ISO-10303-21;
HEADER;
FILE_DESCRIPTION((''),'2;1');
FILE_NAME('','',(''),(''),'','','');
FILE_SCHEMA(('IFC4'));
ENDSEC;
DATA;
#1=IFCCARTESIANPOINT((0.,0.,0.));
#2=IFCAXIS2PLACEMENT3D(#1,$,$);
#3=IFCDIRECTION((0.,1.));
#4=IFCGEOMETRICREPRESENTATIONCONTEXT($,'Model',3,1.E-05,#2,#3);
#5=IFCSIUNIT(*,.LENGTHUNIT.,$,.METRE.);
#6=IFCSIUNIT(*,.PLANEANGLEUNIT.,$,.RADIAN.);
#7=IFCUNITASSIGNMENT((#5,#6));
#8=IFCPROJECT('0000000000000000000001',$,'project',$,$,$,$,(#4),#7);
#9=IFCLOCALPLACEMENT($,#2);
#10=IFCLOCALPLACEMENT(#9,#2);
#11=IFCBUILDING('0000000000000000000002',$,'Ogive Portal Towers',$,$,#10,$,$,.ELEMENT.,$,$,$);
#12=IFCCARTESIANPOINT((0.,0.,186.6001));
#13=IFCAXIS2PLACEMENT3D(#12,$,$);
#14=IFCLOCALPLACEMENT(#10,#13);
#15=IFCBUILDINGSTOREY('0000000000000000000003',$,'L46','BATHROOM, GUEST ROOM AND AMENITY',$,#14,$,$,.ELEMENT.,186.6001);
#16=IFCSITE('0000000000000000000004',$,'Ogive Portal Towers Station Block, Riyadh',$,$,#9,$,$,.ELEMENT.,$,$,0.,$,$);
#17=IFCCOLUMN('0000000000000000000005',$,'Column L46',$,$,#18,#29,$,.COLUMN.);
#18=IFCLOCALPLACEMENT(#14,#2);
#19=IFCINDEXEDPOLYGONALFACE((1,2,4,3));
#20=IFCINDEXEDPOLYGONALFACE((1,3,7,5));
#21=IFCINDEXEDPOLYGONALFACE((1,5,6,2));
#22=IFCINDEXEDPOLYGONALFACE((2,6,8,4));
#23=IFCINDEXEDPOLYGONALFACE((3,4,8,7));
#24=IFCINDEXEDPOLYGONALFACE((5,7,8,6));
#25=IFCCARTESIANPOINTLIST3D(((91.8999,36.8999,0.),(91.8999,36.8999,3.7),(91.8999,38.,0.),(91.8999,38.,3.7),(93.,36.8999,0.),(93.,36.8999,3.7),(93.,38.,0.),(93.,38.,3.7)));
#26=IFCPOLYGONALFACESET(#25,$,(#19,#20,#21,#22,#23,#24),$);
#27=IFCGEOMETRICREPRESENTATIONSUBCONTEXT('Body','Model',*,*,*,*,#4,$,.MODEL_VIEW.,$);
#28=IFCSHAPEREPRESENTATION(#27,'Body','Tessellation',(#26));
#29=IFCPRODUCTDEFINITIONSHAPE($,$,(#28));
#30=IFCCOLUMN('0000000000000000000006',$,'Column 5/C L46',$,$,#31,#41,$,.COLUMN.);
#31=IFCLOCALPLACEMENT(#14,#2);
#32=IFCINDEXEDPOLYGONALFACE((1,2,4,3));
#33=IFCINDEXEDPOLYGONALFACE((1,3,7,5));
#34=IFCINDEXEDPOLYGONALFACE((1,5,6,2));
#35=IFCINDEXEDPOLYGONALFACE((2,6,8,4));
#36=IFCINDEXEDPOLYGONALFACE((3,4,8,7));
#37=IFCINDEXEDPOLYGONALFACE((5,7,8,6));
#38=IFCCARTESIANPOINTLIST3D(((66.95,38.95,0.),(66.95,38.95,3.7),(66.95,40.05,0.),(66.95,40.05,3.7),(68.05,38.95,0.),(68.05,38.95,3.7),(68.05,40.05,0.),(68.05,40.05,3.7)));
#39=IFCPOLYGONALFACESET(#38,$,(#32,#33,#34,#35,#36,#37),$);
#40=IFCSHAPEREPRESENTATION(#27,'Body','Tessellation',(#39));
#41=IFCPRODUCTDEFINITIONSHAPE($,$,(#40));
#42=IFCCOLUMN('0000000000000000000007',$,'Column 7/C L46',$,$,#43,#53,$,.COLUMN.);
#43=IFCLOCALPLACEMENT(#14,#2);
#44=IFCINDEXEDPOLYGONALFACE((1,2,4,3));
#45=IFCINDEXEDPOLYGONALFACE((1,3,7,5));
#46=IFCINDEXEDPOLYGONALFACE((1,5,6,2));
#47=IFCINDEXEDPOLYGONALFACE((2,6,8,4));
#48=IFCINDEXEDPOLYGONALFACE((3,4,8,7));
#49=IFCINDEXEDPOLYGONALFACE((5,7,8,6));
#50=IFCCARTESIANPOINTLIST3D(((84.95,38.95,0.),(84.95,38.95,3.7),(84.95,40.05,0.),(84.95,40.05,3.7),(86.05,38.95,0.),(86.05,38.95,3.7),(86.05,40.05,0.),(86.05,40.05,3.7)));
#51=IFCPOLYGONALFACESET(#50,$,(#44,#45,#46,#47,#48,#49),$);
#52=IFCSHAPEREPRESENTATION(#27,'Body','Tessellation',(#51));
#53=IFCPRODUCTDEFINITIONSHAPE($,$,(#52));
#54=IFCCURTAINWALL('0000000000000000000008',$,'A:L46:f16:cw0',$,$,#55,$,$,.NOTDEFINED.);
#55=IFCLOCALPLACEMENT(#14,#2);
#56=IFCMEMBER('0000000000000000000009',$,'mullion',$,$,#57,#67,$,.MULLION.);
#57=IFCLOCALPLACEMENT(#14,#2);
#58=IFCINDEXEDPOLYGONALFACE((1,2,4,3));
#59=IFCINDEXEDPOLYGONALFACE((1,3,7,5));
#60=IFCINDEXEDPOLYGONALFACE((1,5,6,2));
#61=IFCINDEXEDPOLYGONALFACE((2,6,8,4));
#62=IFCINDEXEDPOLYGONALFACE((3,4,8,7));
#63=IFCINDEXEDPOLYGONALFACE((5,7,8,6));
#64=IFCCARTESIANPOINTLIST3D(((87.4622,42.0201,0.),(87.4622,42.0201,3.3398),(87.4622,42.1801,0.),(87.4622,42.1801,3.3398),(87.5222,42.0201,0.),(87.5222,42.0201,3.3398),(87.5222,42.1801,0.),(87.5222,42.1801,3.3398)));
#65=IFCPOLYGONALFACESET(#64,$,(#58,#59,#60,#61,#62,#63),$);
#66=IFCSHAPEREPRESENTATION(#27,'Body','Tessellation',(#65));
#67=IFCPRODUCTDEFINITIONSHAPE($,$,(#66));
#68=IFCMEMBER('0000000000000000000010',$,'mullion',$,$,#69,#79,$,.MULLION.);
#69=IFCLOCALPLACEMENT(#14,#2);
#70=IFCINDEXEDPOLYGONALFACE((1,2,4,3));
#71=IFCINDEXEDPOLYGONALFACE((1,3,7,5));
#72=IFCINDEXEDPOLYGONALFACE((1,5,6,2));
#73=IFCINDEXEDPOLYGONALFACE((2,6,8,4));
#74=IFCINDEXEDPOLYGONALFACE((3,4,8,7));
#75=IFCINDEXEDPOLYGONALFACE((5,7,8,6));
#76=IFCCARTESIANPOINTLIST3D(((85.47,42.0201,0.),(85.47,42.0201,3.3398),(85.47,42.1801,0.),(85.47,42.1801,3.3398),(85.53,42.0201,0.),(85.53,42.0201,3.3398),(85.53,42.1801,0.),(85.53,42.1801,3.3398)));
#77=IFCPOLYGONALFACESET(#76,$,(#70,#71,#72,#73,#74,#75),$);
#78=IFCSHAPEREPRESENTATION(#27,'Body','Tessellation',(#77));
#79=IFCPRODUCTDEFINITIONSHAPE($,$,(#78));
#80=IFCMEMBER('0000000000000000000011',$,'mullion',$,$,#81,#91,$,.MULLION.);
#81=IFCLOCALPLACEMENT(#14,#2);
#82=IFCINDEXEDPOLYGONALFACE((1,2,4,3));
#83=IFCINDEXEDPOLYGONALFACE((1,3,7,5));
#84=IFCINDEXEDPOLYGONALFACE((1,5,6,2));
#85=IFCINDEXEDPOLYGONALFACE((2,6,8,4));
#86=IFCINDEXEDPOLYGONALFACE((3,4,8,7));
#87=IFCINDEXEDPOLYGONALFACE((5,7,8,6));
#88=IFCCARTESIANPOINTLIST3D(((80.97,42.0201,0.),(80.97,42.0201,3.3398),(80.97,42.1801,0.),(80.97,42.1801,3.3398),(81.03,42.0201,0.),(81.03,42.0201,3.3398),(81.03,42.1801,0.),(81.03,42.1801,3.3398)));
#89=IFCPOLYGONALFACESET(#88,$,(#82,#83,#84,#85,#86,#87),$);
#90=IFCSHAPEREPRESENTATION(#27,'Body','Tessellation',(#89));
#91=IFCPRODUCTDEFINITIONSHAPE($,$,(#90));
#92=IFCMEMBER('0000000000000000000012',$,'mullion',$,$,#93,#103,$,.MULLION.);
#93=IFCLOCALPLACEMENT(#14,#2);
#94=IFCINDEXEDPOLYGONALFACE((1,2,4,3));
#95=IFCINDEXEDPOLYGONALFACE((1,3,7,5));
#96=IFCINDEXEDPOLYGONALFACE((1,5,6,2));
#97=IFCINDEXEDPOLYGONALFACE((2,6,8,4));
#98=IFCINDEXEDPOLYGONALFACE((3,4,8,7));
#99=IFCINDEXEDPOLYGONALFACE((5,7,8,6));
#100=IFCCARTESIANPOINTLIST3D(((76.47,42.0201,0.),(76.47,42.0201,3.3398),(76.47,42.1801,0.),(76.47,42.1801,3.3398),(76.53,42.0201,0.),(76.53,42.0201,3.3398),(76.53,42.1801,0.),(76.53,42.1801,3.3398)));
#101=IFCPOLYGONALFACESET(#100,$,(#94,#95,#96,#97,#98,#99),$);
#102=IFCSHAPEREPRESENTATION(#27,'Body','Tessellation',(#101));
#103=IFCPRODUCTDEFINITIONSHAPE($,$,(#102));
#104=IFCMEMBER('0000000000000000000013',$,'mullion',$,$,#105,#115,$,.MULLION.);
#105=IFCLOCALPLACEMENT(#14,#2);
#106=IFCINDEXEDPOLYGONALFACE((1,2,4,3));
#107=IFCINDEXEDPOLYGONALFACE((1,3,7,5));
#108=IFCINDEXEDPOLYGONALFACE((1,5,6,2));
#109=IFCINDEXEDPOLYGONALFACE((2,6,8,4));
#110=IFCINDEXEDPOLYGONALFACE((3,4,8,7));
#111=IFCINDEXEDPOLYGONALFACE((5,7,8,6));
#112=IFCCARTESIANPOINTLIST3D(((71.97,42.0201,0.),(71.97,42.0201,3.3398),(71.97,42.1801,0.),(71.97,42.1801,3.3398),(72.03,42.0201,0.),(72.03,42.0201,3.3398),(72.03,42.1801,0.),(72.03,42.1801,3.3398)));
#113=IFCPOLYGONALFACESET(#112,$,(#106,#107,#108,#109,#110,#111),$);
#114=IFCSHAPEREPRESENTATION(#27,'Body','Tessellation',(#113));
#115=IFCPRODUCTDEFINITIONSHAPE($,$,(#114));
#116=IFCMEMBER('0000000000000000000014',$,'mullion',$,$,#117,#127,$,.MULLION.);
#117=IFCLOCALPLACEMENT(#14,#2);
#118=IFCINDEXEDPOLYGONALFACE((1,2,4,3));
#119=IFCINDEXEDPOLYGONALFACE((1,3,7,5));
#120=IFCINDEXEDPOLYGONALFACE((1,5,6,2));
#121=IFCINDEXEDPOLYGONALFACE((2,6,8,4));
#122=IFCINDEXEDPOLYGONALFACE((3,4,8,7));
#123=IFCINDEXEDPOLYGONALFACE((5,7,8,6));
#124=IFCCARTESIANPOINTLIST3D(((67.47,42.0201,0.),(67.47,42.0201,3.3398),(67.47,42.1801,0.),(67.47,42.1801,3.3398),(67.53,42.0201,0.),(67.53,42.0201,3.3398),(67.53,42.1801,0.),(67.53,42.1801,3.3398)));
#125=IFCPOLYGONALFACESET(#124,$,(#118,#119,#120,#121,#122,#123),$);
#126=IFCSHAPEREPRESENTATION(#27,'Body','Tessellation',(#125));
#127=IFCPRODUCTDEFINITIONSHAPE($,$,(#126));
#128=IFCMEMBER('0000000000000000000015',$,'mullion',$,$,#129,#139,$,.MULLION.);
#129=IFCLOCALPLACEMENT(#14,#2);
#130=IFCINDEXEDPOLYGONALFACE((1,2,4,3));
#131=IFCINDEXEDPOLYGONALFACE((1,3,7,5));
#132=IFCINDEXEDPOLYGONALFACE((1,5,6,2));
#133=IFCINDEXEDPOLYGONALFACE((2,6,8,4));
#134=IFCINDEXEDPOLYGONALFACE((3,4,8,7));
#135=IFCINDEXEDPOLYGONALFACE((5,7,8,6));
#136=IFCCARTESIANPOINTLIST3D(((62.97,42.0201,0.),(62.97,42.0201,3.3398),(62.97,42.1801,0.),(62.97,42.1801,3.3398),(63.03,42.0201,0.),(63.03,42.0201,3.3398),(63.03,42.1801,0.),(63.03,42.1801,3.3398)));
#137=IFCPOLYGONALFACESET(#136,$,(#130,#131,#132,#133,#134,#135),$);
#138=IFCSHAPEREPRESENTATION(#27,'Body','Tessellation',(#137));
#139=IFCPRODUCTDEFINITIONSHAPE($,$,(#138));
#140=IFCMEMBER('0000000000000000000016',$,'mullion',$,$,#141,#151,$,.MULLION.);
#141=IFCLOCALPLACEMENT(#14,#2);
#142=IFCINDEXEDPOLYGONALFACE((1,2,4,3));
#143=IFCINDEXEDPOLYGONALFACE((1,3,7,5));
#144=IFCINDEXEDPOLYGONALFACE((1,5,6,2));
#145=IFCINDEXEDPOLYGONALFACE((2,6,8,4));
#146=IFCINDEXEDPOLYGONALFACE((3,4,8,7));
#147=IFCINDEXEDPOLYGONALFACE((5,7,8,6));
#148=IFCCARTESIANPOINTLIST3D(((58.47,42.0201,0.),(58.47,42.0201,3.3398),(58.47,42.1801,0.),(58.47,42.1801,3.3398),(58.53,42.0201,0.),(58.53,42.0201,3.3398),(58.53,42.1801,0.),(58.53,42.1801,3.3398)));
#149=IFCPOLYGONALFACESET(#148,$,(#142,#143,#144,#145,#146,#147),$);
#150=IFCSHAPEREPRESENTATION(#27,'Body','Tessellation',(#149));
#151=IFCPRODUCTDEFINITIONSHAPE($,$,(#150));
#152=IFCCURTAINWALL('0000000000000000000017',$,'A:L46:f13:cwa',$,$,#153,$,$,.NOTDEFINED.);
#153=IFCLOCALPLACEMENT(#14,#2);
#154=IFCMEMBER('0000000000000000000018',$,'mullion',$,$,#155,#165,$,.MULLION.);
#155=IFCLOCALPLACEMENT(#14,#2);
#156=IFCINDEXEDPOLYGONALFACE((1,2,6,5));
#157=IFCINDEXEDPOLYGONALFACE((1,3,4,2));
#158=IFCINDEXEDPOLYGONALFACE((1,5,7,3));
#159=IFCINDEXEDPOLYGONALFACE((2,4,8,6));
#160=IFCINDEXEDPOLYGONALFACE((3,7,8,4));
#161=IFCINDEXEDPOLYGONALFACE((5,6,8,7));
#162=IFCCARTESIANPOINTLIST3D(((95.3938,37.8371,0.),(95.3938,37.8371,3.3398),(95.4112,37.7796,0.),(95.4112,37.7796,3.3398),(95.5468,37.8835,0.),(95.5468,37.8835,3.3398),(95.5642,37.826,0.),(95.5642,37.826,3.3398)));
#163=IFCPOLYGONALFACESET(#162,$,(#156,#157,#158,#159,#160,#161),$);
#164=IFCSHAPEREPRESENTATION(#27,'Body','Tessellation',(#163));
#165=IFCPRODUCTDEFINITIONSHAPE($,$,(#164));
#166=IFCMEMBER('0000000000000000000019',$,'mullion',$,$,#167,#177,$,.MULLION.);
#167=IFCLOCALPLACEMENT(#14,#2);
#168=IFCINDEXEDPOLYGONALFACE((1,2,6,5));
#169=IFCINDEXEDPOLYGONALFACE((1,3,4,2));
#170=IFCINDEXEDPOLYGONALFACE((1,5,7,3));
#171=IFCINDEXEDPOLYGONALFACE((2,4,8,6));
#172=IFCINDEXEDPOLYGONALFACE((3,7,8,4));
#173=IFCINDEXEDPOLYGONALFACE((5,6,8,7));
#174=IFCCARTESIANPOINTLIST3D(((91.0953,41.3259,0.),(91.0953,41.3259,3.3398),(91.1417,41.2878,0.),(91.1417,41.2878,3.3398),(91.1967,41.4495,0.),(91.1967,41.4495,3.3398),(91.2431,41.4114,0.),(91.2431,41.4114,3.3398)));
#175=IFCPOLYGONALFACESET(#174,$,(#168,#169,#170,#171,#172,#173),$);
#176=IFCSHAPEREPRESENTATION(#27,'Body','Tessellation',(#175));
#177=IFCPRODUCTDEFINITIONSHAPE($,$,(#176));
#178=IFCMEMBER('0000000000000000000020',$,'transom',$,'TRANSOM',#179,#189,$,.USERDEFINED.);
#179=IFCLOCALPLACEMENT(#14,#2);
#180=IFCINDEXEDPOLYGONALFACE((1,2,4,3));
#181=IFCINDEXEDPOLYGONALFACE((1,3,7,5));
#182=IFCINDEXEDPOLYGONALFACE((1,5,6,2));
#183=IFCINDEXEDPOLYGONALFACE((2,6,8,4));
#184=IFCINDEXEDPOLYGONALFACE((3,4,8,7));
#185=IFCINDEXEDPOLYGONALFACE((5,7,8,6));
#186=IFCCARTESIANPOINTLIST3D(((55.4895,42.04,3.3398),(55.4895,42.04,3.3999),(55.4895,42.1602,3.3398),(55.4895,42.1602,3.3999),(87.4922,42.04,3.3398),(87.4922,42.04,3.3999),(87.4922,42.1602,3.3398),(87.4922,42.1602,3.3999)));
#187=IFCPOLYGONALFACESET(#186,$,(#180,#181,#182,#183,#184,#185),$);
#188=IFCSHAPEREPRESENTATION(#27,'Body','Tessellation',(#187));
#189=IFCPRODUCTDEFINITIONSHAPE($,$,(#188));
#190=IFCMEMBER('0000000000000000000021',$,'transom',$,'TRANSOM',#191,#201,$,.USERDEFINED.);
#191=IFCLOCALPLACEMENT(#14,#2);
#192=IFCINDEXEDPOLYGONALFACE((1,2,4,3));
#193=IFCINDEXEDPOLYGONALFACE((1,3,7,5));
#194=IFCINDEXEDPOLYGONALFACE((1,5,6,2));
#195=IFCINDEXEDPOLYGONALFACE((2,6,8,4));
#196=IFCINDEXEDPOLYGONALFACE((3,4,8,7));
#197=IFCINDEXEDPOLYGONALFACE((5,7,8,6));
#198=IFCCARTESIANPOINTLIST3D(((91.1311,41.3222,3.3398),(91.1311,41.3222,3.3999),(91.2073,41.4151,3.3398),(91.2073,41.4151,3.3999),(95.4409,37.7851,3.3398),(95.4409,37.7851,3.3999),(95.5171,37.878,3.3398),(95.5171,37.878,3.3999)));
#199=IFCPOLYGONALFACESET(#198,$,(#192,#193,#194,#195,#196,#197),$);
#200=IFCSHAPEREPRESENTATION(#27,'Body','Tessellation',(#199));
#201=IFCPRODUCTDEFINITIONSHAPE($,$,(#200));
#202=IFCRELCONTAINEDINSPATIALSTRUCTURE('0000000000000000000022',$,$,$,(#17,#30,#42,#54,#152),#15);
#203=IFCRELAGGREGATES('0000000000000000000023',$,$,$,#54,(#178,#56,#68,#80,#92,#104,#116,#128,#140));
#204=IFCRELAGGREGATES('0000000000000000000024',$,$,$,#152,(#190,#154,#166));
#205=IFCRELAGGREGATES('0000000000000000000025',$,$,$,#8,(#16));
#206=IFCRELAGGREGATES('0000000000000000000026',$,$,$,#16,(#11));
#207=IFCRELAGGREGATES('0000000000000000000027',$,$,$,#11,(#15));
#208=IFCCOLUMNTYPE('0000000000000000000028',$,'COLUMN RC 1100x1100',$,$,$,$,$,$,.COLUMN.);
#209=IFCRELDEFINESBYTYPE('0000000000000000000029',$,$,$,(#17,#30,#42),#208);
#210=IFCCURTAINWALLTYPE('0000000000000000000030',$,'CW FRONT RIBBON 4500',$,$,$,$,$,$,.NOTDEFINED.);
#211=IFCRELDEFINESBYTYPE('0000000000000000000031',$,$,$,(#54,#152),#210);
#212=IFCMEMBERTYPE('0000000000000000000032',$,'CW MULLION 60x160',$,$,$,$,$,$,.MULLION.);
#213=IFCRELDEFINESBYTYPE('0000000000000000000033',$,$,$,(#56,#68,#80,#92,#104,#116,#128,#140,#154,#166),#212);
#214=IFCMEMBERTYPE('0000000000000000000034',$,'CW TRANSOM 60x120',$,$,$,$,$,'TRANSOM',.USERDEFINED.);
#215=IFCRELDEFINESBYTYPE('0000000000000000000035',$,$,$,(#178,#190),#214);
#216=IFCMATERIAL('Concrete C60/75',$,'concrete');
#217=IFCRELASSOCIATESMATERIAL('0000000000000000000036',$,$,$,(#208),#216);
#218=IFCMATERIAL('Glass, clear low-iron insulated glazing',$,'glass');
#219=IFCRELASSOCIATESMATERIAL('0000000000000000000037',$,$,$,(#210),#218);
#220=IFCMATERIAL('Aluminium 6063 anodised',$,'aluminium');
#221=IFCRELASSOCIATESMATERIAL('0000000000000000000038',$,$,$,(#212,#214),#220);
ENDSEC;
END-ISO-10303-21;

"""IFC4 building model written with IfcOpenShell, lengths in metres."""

from ifc_helpers import new_model, si_unit, direction, frame, origin, origin_2d, place, context, subcontext, project, spatial, rectangle, extrude, material, material_profile, profile_set, type_object, element, aggregate, save


model = new_model("IFC4")

# Units and contexts
model_context = context("Model", 3, precision=1e-05, world=origin(), true_north=direction((0.0, 1.0)))
body_context = subcontext(model_context, "Body", "Model", "MODEL_VIEW")
ifc_project = project(units=[si_unit("LENGTHUNIT", "METRE"), si_unit("PLANEANGLEUNIT", "RADIAN")], contexts=[model_context])

# Site, building, storey
site_placement = place(None, origin())
site = spatial("IfcSite", under=ifc_project, at=site_placement, Name="Ogive Portal Towers Station Block, Riyadh", CompositionType="ELEMENT", RefElevation=0.0)
building_placement = place(site_placement, origin())
building = spatial("IfcBuilding", under=site, at=building_placement, Name="Ogive Portal Towers", CompositionType="ELEMENT")
storey_placement = place(building_placement, frame((0.0, 0.0, 186.6001)))
storey = spatial("IfcBuildingStorey", under=building, at=storey_placement, Name="L46", Description="BATHROOM, GUEST ROOM AND AMENITY", CompositionType="ELEMENT", Elevation=186.6001)

# Columns
ifc_material_1 = material(Name="Concrete C60/75", Category="concrete")
ifc_material_profile_1 = material_profile(ifc_material_1, rectangle(XDim=1.1001, YDim=1.1001, at=origin_2d()), Name="RC 1100x1100")
ifc_profile_set_1 = profile_set([ifc_material_profile_1], Name="Concrete C60/75")
column_type = type_object("IfcColumnType", Name="COLUMN RC 1100x1100", PredefinedType="COLUMN", material=ifc_profile_set_1)
for number, where, z_axis, x_axis, name in (
    (1, (92.45, 37.45, 0.0), (0.0, 0.0, 1.0), (1.0, 0.0, 0.0), "Column L46"),
    (2, (67.5, 39.5, 0.0), (0.0, 0.0, 1.0), (1.0, 0.0, 0.0), "Column 5/C L46"),
    (3, (85.5, 39.5, 0.0), (0.0, 0.0, 1.0), (1.0, 0.0, 0.0), "Column 7/C L46"),
):
    element("IfcColumn", number, at=place(storey_placement, frame(where, z_axis=z_axis, x_axis=x_axis)), inside=storey, type_object=column_type, Name=name, PredefinedType="COLUMN", context=body_context, shape_type="SweptSolid", body=[
        extrude(rectangle(XDim=1.1001, YDim=1.1001, at=origin_2d()), origin(), (0.0, 0.0, 1.0), 3.7),
    ])

# Curtain walls, members
ifc_material_2 = material(Name="Glass, clear low-iron insulated glazing", Category="glass")
curtain_wall_type = type_object("IfcCurtainWallType", Name="CW FRONT RIBBON 4500", PredefinedType="NOTDEFINED", material=ifc_material_2)
curtain_wall_1_placement = place(storey_placement, origin())
curtain_wall_1 = element("IfcCurtainWall", 4, at=curtain_wall_1_placement, inside=storey, type_object=curtain_wall_type, Name="A:L46:f16:cw0", PredefinedType="NOTDEFINED")
ifc_material_3 = material(Name="Aluminium 6063 anodised", Category="aluminium")
ifc_material_profile_2 = material_profile(ifc_material_3, rectangle(XDim=0.1599, YDim=0.0601, at=origin_2d()), Name="AL 60x160")
ifc_profile_set_2 = profile_set([ifc_material_profile_2], Name="Aluminium 6063 anodised")
member_type_1 = type_object("IfcMemberType", Name="CW MULLION 60x160", PredefinedType="MULLION", material=ifc_profile_set_2)
member_1_placement = place(storey_placement, frame((87.4922, 42.1001, 0.0), z_axis=(0.0, 0.0, 1.0), x_axis=(0.0, -1.0, 0.0)))
member_1 = element("IfcMember", 5, at=member_1_placement, type_object=member_type_1, Name="mullion", PredefinedType="MULLION", context=body_context, shape_type="SweptSolid", body=[
    extrude(rectangle(XDim=0.1599, YDim=0.0601, at=origin_2d()), origin(), (0.0, 0.0, 1.0), 3.3398),
])
member_2_placement = place(storey_placement, frame((85.5, 42.1001, 0.0), z_axis=(0.0, 0.0, 1.0), x_axis=(0.0, -1.0, 0.0)))
member_2 = element("IfcMember", 6, at=member_2_placement, type_object=member_type_1, Name="mullion", PredefinedType="MULLION", context=body_context, shape_type="SweptSolid", body=[
    extrude(rectangle(XDim=0.1599, YDim=0.0601, at=origin_2d()), origin(), (0.0, 0.0, 1.0), 3.3398),
])
member_3_placement = place(storey_placement, frame((81.0, 42.1001, 0.0), z_axis=(0.0, 0.0, 1.0), x_axis=(0.0, -1.0, 0.0)))
member_3 = element("IfcMember", 7, at=member_3_placement, type_object=member_type_1, Name="mullion", PredefinedType="MULLION", context=body_context, shape_type="SweptSolid", body=[
    extrude(rectangle(XDim=0.1599, YDim=0.0601, at=origin_2d()), origin(), (0.0, 0.0, 1.0), 3.3398),
])
member_4_placement = place(storey_placement, frame((76.5, 42.1001, 0.0), z_axis=(0.0, 0.0, 1.0), x_axis=(0.0, -1.0, 0.0)))
member_4 = element("IfcMember", 8, at=member_4_placement, type_object=member_type_1, Name="mullion", PredefinedType="MULLION", context=body_context, shape_type="SweptSolid", body=[
    extrude(rectangle(XDim=0.1599, YDim=0.0601, at=origin_2d()), origin(), (0.0, 0.0, 1.0), 3.3398),
])
member_5_placement = place(storey_placement, frame((72.0, 42.1001, 0.0), z_axis=(0.0, 0.0, 1.0), x_axis=(0.0, -1.0, 0.0)))
member_5 = element("IfcMember", 9, at=member_5_placement, type_object=member_type_1, Name="mullion", PredefinedType="MULLION", context=body_context, shape_type="SweptSolid", body=[
    extrude(rectangle(XDim=0.1599, YDim=0.0601, at=origin_2d()), origin(), (0.0, 0.0, 1.0), 3.3398),
])
member_6_placement = place(storey_placement, frame((67.5, 42.1001, 0.0), z_axis=(0.0, 0.0, 1.0), x_axis=(0.0, -1.0, 0.0)))
member_6 = element("IfcMember", 10, at=member_6_placement, type_object=member_type_1, Name="mullion", PredefinedType="MULLION", context=body_context, shape_type="SweptSolid", body=[
    extrude(rectangle(XDim=0.1599, YDim=0.0601, at=origin_2d()), origin(), (0.0, 0.0, 1.0), 3.3398),
])
member_7_placement = place(storey_placement, frame((63.0, 42.1001, 0.0), z_axis=(0.0, 0.0, 1.0), x_axis=(0.0, -1.0, 0.0)))
member_7 = element("IfcMember", 11, at=member_7_placement, type_object=member_type_1, Name="mullion", PredefinedType="MULLION", context=body_context, shape_type="SweptSolid", body=[
    extrude(rectangle(XDim=0.1599, YDim=0.0601, at=origin_2d()), origin(), (0.0, 0.0, 1.0), 3.3398),
])
member_8_placement = place(storey_placement, frame((58.5, 42.1001, 0.0), z_axis=(0.0, 0.0, 1.0), x_axis=(0.0, -1.0, 0.0)))
member_8 = element("IfcMember", 12, at=member_8_placement, type_object=member_type_1, Name="mullion", PredefinedType="MULLION", context=body_context, shape_type="SweptSolid", body=[
    extrude(rectangle(XDim=0.1599, YDim=0.0601, at=origin_2d()), origin(), (0.0, 0.0, 1.0), 3.3398),
])
curtain_wall_2_placement = place(storey_placement, origin())
curtain_wall_2 = element("IfcCurtainWall", 13, at=curtain_wall_2_placement, inside=storey, type_object=curtain_wall_type, Name="A:L46:f13:cwa", PredefinedType="NOTDEFINED")
member_9_placement = place(storey_placement, frame((95.479, 37.8315, 0.0), z_axis=(0.0, 0.0, 1.0), x_axis=(-0.95694, -0.290285, 0.0)))
member_9 = element("IfcMember", 14, at=member_9_placement, type_object=member_type_1, Name="mullion", PredefinedType="MULLION", context=body_context, shape_type="SweptSolid", body=[
    extrude(rectangle(XDim=0.1599, YDim=0.0601, at=origin_2d()), origin(), (0.0, 0.0, 1.0), 3.3398),
])
member_10_placement = place(storey_placement, frame((91.1692, 41.3687, 0.0), z_axis=(0.0, 0.0, 1.0), x_axis=(-0.634393, -0.77301, 0.0)))
member_10 = element("IfcMember", 15, at=member_10_placement, type_object=member_type_1, Name="mullion", PredefinedType="MULLION", context=body_context, shape_type="SweptSolid", body=[
    extrude(rectangle(XDim=0.1599, YDim=0.0601, at=origin_2d()), origin(), (0.0, 0.0, 1.0), 3.3398),
])

# Members
ifc_material_profile_3 = material_profile(ifc_material_3, rectangle(XDim=0.1201, YDim=0.0601, at=origin_2d()), Name="AL 120x60")
ifc_profile_set_3 = profile_set([ifc_material_profile_3], Name="Aluminium 6063 anodised")
member_type_2 = type_object("IfcMemberType", Name="CW TRANSOM 60x120", ElementType="TRANSOM", PredefinedType="USERDEFINED", material=ifc_profile_set_3)
member_11_placement = place(storey_placement, frame((87.4922, 42.1001, 3.3699), z_axis=(-1.0, 0.0, 0.0), x_axis=(0.0, -1.0, 0.0)))
member_11 = element("IfcMember", 16, at=member_11_placement, type_object=member_type_2, Name="transom", ObjectType="TRANSOM", PredefinedType="USERDEFINED", context=body_context, shape_type="SweptSolid", body=[
    extrude(rectangle(XDim=0.1201, YDim=0.0601, at=origin_2d()), origin(), (0.0, 0.0, 1.0), 32.0027),
])
member_12_placement = place(storey_placement, frame((95.479, 37.8315, 3.3699), z_axis=(-0.772998, 0.634408, 0.0), x_axis=(-0.634408, -0.772998, 0.0)))
member_12 = element("IfcMember", 17, at=member_12_placement, type_object=member_type_2, Name="transom", ObjectType="TRANSOM", PredefinedType="USERDEFINED", context=body_context, shape_type="SweptSolid", body=[
    extrude(rectangle(XDim=0.1201, YDim=0.0601, at=origin_2d()), origin(), (0.0, 0.0, 1.0), 5.5754),
])

aggregate(curtain_wall_1, [member_11, member_1, member_2, member_3, member_4, member_5, member_6, member_7, member_8])
aggregate(curtain_wall_2, [member_12, member_9, member_10])

save(model, "model.ifc")
